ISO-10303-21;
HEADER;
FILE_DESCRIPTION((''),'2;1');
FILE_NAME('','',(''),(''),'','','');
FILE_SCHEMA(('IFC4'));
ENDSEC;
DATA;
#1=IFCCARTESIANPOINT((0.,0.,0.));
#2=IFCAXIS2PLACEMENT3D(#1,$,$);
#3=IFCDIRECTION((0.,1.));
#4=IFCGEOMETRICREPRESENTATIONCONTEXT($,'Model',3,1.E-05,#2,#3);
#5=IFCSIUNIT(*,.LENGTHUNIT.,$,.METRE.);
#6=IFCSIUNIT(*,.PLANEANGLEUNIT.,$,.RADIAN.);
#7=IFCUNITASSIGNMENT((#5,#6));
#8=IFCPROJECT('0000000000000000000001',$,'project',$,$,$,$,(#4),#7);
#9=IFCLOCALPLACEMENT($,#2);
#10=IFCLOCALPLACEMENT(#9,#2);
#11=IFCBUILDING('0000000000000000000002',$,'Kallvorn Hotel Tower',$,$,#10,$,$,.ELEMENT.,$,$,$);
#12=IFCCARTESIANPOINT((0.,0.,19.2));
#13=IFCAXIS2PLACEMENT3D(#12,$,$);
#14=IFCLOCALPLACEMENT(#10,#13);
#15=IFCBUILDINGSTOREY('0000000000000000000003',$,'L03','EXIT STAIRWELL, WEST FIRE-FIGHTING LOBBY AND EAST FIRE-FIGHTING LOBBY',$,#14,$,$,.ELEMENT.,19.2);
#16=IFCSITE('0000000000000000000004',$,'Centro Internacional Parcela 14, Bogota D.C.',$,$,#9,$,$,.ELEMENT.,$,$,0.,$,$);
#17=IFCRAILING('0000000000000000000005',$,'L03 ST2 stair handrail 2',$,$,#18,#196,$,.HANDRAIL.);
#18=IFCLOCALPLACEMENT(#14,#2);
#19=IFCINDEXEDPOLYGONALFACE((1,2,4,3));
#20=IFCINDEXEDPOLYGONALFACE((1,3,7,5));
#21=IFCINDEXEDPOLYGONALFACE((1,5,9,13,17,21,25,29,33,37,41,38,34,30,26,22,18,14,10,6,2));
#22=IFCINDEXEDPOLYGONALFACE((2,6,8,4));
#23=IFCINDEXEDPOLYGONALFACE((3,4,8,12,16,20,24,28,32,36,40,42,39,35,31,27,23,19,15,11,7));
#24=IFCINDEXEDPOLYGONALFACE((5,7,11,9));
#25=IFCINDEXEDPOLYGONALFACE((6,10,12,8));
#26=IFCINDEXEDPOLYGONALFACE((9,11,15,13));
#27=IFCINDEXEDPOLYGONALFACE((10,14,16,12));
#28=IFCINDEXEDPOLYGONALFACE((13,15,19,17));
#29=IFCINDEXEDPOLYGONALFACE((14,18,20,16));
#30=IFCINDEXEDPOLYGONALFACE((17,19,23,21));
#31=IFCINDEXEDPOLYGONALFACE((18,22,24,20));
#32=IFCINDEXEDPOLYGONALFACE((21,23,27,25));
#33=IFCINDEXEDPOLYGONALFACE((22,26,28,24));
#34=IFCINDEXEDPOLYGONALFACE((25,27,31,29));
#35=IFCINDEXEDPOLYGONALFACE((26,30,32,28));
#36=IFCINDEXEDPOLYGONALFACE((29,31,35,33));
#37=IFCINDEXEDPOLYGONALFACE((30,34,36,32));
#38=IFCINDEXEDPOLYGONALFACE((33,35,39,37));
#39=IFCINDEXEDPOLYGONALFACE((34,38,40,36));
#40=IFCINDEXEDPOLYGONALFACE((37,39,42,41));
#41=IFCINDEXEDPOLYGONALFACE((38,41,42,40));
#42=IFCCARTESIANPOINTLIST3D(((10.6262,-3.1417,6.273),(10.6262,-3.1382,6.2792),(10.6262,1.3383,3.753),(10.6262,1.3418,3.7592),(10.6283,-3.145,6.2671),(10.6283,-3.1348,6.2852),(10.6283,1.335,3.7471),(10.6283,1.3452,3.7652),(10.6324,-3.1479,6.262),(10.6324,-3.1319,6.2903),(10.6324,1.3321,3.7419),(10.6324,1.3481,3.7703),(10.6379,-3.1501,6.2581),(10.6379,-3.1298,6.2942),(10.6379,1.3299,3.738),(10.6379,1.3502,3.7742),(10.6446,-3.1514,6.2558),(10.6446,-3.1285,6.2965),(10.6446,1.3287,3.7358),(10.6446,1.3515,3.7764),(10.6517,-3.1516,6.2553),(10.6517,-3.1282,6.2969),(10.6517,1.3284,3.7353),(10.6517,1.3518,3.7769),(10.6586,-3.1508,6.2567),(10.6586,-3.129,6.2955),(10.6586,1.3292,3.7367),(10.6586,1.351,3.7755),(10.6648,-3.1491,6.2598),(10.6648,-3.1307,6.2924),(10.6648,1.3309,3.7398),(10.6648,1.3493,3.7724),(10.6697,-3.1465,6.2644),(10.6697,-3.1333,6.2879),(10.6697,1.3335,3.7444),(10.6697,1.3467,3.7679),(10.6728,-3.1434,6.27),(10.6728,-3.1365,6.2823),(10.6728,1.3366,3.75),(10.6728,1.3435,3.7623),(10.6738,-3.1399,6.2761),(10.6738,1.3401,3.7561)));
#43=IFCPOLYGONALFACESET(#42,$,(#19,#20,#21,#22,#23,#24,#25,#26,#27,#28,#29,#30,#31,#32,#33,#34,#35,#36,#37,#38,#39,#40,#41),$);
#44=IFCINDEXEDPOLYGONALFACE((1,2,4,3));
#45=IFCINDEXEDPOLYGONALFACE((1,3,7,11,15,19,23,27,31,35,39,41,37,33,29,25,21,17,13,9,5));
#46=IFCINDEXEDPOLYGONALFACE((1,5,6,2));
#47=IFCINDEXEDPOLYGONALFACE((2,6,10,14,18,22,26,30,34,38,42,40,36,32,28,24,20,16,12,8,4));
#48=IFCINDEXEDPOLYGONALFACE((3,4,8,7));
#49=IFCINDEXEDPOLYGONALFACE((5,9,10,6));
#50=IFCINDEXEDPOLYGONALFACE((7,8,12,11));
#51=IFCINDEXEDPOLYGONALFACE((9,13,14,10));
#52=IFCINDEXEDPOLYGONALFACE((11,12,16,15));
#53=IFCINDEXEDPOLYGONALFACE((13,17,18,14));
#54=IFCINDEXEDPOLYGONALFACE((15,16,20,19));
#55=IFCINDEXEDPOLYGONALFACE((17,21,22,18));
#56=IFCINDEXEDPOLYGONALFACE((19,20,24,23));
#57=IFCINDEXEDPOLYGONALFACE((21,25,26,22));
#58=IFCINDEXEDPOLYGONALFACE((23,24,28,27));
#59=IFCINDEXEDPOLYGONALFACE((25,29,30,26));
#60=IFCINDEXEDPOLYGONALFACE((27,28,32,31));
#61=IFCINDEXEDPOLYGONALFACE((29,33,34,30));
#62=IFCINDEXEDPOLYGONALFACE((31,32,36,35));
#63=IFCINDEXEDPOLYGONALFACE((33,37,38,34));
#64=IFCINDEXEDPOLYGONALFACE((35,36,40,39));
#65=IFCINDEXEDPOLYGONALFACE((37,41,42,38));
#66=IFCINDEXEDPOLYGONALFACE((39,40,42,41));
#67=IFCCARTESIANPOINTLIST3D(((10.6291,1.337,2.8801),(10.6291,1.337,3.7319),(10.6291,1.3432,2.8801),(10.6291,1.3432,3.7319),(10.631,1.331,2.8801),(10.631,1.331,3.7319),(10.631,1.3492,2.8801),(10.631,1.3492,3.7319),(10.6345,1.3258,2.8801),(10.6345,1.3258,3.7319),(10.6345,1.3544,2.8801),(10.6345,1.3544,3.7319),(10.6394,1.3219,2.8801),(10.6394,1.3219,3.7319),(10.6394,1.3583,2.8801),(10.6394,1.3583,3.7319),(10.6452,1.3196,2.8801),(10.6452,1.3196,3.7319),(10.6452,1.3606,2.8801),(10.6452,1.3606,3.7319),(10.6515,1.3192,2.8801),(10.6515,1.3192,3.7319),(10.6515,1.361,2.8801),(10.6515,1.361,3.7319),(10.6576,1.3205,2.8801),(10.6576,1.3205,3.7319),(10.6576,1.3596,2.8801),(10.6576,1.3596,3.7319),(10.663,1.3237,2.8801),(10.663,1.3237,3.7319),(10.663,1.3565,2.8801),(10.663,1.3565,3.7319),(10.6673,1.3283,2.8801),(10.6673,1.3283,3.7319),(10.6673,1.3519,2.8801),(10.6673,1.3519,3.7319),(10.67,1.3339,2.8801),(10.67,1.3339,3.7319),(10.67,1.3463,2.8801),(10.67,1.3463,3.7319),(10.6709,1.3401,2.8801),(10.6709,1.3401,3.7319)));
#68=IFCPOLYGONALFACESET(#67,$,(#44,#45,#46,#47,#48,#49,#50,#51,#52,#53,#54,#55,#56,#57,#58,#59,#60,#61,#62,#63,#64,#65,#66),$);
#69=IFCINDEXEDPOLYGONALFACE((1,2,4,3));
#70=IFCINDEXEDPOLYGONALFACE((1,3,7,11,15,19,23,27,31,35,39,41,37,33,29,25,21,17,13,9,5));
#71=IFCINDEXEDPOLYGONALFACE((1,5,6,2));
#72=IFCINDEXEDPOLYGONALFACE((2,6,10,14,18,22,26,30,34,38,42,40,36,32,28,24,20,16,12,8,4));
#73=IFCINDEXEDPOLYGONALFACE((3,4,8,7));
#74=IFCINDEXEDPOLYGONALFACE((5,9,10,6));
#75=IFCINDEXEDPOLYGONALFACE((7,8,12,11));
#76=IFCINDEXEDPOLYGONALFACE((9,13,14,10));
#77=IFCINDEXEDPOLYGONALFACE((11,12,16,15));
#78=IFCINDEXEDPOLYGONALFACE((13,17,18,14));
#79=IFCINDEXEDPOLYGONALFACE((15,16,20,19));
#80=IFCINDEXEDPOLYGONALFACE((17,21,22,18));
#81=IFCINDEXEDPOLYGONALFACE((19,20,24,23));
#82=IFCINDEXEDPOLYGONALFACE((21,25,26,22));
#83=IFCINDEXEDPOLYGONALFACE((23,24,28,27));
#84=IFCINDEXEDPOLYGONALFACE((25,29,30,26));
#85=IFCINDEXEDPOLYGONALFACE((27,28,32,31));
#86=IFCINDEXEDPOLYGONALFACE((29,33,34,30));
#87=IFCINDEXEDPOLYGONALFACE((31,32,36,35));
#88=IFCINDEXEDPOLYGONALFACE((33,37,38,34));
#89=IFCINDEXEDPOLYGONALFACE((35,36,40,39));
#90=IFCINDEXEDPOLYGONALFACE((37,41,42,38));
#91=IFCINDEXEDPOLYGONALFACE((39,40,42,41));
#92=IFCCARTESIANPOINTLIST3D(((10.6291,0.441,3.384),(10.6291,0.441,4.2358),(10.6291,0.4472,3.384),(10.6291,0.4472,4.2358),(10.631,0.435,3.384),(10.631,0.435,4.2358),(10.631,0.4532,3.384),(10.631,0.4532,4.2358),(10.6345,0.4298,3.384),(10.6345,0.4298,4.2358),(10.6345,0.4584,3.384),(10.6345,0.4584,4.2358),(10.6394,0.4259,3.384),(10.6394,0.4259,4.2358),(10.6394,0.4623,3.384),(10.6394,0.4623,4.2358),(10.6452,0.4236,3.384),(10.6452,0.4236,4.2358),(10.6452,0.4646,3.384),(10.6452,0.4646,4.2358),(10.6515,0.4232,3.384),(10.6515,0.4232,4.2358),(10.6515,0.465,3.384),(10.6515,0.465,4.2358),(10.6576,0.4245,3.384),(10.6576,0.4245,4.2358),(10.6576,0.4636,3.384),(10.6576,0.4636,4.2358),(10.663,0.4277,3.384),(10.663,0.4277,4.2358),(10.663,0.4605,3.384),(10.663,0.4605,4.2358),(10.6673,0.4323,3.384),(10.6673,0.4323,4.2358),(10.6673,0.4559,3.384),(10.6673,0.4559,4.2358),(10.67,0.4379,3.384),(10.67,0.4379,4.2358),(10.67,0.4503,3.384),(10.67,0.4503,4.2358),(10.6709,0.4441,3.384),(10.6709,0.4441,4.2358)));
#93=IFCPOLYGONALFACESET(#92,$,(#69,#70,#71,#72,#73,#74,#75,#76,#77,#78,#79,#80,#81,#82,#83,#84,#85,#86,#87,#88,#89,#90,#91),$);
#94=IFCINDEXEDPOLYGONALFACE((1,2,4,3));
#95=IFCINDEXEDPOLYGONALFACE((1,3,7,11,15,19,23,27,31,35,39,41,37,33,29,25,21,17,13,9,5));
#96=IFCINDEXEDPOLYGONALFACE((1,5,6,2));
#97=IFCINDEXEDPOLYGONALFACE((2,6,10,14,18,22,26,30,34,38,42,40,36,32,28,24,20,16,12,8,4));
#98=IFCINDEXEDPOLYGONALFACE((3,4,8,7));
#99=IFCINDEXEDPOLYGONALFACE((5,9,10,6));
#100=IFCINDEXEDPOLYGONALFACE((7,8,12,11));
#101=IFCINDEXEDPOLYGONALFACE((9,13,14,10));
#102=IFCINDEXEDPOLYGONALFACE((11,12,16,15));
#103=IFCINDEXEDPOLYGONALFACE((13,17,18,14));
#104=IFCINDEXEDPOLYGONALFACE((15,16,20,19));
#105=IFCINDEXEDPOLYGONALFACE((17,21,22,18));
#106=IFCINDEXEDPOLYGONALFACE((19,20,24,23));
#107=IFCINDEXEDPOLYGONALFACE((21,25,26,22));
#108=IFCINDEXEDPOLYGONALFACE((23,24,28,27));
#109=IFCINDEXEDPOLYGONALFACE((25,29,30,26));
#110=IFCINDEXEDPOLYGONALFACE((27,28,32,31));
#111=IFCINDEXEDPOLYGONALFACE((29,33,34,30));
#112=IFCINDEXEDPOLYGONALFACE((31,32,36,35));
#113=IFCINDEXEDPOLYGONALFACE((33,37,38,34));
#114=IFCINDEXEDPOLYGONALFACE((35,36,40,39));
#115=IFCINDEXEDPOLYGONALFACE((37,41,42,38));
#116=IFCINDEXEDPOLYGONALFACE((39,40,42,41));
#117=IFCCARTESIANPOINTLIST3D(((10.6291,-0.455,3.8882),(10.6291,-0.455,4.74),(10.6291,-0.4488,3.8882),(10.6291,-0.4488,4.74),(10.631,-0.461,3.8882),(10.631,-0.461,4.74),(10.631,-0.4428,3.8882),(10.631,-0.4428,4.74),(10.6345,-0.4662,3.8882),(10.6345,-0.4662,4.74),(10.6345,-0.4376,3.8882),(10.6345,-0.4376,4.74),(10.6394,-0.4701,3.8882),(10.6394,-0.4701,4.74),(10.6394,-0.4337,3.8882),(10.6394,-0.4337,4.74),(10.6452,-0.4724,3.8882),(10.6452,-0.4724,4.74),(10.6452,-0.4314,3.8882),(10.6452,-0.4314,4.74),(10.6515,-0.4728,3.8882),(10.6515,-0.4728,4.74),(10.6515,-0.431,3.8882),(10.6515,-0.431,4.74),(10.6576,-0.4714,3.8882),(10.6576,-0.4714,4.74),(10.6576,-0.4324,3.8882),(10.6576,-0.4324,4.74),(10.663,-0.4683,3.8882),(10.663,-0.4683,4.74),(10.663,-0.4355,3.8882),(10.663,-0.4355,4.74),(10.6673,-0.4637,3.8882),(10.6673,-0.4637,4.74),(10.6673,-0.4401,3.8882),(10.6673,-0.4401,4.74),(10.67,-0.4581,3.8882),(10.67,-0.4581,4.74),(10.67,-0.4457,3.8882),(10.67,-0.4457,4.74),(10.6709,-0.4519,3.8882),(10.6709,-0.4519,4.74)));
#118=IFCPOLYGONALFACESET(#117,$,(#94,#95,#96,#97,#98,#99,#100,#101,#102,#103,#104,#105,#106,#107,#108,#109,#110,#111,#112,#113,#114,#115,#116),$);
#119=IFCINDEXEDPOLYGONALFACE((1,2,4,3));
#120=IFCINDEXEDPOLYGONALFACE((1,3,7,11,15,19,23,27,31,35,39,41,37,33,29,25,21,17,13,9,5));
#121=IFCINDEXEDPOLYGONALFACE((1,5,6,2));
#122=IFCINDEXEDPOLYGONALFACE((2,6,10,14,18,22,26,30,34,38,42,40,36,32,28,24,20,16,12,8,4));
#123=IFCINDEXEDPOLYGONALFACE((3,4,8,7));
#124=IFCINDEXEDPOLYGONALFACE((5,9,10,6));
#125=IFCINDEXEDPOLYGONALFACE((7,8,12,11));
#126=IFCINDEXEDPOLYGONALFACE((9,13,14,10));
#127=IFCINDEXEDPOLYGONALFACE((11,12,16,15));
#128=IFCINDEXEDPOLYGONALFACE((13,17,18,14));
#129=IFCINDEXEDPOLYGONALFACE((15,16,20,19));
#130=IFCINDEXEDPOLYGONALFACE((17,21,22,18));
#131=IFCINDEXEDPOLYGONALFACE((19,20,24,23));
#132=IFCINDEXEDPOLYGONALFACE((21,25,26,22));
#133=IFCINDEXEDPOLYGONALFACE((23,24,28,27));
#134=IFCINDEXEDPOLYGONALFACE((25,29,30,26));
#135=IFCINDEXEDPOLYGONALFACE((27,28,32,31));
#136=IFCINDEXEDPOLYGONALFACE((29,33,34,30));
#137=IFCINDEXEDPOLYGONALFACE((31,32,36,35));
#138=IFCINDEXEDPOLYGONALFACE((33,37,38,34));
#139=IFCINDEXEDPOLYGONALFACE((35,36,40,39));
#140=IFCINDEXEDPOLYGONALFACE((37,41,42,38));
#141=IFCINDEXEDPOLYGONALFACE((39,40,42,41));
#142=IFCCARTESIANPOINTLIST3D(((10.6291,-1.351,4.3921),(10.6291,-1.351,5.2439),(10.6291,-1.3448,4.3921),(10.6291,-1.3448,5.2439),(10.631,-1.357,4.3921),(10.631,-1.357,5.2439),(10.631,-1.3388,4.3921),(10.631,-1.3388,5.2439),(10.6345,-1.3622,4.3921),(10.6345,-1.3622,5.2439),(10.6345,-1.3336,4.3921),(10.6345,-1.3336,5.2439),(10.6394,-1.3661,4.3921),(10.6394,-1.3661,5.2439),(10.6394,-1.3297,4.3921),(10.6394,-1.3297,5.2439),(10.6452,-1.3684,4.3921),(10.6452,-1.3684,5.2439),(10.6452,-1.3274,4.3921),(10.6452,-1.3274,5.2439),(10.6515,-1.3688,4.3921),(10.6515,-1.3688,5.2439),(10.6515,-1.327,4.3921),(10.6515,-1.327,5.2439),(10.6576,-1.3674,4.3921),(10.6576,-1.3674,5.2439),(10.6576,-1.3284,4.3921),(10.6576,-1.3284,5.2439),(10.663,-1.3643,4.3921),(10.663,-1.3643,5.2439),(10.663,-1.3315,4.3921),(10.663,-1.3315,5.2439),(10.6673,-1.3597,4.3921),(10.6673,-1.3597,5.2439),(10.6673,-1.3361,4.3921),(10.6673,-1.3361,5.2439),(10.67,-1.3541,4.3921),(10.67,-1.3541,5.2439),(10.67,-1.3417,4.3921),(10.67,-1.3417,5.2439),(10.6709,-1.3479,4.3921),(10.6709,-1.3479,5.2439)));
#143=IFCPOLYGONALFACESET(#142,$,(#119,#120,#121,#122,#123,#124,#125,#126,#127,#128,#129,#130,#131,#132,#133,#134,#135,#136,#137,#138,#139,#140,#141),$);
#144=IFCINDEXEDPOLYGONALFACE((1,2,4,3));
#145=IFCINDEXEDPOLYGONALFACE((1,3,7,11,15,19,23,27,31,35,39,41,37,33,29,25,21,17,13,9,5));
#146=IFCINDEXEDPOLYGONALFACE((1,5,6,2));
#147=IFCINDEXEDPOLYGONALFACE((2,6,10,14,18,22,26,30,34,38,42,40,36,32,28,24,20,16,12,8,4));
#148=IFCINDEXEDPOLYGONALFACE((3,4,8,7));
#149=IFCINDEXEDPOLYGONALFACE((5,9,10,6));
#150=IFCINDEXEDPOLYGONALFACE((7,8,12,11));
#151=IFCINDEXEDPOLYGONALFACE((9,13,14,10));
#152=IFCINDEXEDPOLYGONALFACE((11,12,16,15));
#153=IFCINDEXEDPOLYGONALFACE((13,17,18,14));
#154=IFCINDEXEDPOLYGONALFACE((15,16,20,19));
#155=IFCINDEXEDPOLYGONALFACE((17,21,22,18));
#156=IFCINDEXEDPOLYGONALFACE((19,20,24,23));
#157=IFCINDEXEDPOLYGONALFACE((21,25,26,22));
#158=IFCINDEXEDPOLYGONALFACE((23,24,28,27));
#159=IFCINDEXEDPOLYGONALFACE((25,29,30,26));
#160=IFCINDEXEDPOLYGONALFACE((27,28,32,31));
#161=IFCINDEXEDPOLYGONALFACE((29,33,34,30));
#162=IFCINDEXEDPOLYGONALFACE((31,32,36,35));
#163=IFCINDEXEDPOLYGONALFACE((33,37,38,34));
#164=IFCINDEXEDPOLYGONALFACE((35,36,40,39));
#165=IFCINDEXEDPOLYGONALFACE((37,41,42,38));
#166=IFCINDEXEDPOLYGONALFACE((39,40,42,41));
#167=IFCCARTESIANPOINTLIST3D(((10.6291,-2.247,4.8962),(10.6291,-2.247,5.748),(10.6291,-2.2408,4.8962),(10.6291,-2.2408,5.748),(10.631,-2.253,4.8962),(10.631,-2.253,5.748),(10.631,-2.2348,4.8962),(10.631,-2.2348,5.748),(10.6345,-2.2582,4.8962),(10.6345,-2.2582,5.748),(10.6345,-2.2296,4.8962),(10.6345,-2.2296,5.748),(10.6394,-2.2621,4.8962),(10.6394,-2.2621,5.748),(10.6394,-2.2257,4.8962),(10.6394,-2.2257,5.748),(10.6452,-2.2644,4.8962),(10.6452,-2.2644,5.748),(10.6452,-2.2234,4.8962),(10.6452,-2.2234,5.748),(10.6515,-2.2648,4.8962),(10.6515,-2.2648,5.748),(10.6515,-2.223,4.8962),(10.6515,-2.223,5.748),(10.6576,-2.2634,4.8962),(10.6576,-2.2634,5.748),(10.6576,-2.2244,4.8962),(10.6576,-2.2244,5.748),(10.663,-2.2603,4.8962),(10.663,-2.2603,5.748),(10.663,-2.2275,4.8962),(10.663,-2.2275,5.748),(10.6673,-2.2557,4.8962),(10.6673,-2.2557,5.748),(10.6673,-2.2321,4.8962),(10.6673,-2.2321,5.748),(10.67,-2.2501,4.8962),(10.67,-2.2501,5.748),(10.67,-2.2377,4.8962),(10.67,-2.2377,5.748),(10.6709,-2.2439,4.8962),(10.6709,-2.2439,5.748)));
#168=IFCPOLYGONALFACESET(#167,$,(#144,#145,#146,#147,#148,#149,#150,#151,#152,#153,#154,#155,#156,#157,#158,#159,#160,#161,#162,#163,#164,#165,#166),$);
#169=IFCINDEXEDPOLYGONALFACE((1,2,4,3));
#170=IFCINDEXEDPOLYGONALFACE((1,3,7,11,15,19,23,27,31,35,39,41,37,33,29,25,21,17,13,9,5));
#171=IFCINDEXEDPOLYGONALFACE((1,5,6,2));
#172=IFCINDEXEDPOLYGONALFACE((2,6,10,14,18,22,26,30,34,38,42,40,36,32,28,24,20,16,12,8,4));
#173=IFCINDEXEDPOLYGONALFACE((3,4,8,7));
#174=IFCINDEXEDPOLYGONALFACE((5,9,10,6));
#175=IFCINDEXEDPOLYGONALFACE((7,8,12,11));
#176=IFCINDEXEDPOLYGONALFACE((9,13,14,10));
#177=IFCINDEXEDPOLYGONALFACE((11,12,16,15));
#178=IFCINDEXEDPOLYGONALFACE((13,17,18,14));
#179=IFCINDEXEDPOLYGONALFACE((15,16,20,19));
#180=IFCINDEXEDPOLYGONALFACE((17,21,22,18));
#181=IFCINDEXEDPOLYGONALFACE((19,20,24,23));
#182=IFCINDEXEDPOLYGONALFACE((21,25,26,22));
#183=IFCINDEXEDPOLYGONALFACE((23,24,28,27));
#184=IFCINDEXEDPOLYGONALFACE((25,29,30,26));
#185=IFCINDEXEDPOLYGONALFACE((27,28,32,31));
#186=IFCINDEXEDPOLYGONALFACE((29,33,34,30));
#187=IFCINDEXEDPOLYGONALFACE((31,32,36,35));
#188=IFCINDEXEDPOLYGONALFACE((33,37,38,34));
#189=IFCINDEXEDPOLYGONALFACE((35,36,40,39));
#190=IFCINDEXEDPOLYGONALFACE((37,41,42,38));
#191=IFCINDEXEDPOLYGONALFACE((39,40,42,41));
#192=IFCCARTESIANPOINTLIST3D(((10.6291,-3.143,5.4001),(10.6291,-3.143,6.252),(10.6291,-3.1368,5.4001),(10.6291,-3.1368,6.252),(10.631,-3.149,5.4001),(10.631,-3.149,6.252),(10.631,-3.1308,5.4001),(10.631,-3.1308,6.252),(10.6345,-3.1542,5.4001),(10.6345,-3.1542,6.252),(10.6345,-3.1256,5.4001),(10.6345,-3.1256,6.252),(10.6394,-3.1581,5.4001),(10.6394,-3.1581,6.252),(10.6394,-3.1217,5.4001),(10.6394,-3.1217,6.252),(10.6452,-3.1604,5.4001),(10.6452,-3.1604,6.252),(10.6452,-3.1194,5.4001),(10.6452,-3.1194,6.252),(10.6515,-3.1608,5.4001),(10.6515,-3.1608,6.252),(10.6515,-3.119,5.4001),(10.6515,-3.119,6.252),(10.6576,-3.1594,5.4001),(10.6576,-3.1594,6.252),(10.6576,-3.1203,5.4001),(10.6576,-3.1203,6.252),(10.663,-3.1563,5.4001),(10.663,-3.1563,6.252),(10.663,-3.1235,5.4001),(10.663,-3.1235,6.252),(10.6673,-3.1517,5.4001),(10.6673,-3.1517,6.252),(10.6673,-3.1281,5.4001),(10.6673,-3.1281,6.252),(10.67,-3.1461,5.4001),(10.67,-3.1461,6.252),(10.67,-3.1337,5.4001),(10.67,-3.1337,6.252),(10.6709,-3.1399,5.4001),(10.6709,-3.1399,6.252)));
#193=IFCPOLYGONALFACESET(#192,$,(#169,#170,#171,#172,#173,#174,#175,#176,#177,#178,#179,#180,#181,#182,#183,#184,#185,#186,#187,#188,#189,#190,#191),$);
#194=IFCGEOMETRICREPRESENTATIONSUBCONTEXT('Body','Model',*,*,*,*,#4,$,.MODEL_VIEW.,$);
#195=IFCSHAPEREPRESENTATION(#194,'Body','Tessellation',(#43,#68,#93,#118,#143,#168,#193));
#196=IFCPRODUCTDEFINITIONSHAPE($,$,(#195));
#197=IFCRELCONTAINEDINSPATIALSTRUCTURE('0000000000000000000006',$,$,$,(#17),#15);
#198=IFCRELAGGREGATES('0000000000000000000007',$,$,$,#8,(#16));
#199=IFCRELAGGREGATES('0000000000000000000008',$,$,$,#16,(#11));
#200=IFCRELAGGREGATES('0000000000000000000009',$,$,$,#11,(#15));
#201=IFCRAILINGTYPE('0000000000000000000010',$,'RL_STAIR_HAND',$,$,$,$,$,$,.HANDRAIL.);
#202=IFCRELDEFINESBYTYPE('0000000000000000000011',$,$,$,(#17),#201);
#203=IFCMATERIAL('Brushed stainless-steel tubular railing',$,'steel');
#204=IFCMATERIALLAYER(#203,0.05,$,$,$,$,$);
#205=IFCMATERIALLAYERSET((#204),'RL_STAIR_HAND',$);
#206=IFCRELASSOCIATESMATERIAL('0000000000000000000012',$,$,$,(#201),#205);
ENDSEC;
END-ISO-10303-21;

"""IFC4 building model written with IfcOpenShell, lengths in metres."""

from ifc_helpers import new_model, si_unit, direction, frame, origin, origin_2d, place, context, subcontext, project, spatial, circle, extrude, material, layer, layer_set, type_object, element, save


model = new_model("IFC4")

# Units and contexts
model_context = context("Model", 3, precision=1e-05, world=origin(), true_north=direction((0.0, 1.0)))
body_context = subcontext(model_context, "Body", "Model", "MODEL_VIEW")
ifc_project = project(units=[si_unit("LENGTHUNIT", "METRE"), si_unit("PLANEANGLEUNIT", "RADIAN")], contexts=[model_context])

# Site, building, storey
site_placement = place(None, origin())
site = spatial("IfcSite", under=ifc_project, at=site_placement, Name="Centro Internacional Parcela 14, Bogota D.C.", CompositionType="ELEMENT", RefElevation=0.0)
building_placement = place(site_placement, origin())
building = spatial("IfcBuilding", under=site, at=building_placement, Name="Kallvorn Hotel Tower", CompositionType="ELEMENT")
storey_placement = place(building_placement, frame((0.0, 0.0, 19.2)))
storey = spatial("IfcBuildingStorey", under=building, at=storey_placement, Name="L03", Description="EXIT STAIRWELL, WEST FIRE-FIGHTING LOBBY AND EAST FIRE-FIGHTING LOBBY", CompositionType="ELEMENT", Elevation=19.2)

# Railing
ifc_material_1 = material(Name="Brushed stainless-steel tubular railing", Category="steel")
ifc_layer_1 = layer(ifc_material_1, 0.05)
ifc_layer_set_1 = layer_set([ifc_layer_1], Name="RL_STAIR_HAND")
railing_type_1 = type_object("IfcRailingType", Name="RL_STAIR_HAND", PredefinedType="HANDRAIL", material=ifc_layer_set_1)
railing_1_placement = place(storey_placement, frame((10.6499, 1.3401, 2.8801)))
element("IfcRailing", 1, at=railing_1_placement, inside=storey, type_object=railing_type_1, Name="L03 ST2 stair handrail 2", PredefinedType="HANDRAIL", context=body_context, shape_type="SweptSolid", body=[
    extrude(circle(Radius=0.0239, at=origin_2d()), frame((0.0, 0.0, 0.876), z_axis=(0.0, -0.871573, 0.490266), x_axis=(1.0, 0.0, 0.0)), (0.0, 0.0, 1.0), 5.1401),
    extrude(circle(Radius=0.021, at=origin_2d()), origin(), (0.0, 0.0, 1.0), 0.8518),
    extrude(circle(Radius=0.021, at=origin_2d()), frame((0.0, -0.896, 0.5039)), (0.0, 0.0, 1.0), 0.8518),
    extrude(circle(Radius=0.021, at=origin_2d()), frame((0.0, -1.792, 1.0081)), (0.0, 0.0, 1.0), 0.8518),
    extrude(circle(Radius=0.021, at=origin_2d()), frame((0.0, -2.688, 1.512)), (0.0, 0.0, 1.0), 0.8518),
    extrude(circle(Radius=0.021, at=origin_2d()), frame((0.0, -3.584, 2.0161)), (0.0, 0.0, 1.0), 0.8518),
    extrude(circle(Radius=0.021, at=origin_2d()), frame((0.0, -4.48, 2.52)), (0.0, 0.0, 1.0), 0.8518),
])

save(model, "model.ifc")
